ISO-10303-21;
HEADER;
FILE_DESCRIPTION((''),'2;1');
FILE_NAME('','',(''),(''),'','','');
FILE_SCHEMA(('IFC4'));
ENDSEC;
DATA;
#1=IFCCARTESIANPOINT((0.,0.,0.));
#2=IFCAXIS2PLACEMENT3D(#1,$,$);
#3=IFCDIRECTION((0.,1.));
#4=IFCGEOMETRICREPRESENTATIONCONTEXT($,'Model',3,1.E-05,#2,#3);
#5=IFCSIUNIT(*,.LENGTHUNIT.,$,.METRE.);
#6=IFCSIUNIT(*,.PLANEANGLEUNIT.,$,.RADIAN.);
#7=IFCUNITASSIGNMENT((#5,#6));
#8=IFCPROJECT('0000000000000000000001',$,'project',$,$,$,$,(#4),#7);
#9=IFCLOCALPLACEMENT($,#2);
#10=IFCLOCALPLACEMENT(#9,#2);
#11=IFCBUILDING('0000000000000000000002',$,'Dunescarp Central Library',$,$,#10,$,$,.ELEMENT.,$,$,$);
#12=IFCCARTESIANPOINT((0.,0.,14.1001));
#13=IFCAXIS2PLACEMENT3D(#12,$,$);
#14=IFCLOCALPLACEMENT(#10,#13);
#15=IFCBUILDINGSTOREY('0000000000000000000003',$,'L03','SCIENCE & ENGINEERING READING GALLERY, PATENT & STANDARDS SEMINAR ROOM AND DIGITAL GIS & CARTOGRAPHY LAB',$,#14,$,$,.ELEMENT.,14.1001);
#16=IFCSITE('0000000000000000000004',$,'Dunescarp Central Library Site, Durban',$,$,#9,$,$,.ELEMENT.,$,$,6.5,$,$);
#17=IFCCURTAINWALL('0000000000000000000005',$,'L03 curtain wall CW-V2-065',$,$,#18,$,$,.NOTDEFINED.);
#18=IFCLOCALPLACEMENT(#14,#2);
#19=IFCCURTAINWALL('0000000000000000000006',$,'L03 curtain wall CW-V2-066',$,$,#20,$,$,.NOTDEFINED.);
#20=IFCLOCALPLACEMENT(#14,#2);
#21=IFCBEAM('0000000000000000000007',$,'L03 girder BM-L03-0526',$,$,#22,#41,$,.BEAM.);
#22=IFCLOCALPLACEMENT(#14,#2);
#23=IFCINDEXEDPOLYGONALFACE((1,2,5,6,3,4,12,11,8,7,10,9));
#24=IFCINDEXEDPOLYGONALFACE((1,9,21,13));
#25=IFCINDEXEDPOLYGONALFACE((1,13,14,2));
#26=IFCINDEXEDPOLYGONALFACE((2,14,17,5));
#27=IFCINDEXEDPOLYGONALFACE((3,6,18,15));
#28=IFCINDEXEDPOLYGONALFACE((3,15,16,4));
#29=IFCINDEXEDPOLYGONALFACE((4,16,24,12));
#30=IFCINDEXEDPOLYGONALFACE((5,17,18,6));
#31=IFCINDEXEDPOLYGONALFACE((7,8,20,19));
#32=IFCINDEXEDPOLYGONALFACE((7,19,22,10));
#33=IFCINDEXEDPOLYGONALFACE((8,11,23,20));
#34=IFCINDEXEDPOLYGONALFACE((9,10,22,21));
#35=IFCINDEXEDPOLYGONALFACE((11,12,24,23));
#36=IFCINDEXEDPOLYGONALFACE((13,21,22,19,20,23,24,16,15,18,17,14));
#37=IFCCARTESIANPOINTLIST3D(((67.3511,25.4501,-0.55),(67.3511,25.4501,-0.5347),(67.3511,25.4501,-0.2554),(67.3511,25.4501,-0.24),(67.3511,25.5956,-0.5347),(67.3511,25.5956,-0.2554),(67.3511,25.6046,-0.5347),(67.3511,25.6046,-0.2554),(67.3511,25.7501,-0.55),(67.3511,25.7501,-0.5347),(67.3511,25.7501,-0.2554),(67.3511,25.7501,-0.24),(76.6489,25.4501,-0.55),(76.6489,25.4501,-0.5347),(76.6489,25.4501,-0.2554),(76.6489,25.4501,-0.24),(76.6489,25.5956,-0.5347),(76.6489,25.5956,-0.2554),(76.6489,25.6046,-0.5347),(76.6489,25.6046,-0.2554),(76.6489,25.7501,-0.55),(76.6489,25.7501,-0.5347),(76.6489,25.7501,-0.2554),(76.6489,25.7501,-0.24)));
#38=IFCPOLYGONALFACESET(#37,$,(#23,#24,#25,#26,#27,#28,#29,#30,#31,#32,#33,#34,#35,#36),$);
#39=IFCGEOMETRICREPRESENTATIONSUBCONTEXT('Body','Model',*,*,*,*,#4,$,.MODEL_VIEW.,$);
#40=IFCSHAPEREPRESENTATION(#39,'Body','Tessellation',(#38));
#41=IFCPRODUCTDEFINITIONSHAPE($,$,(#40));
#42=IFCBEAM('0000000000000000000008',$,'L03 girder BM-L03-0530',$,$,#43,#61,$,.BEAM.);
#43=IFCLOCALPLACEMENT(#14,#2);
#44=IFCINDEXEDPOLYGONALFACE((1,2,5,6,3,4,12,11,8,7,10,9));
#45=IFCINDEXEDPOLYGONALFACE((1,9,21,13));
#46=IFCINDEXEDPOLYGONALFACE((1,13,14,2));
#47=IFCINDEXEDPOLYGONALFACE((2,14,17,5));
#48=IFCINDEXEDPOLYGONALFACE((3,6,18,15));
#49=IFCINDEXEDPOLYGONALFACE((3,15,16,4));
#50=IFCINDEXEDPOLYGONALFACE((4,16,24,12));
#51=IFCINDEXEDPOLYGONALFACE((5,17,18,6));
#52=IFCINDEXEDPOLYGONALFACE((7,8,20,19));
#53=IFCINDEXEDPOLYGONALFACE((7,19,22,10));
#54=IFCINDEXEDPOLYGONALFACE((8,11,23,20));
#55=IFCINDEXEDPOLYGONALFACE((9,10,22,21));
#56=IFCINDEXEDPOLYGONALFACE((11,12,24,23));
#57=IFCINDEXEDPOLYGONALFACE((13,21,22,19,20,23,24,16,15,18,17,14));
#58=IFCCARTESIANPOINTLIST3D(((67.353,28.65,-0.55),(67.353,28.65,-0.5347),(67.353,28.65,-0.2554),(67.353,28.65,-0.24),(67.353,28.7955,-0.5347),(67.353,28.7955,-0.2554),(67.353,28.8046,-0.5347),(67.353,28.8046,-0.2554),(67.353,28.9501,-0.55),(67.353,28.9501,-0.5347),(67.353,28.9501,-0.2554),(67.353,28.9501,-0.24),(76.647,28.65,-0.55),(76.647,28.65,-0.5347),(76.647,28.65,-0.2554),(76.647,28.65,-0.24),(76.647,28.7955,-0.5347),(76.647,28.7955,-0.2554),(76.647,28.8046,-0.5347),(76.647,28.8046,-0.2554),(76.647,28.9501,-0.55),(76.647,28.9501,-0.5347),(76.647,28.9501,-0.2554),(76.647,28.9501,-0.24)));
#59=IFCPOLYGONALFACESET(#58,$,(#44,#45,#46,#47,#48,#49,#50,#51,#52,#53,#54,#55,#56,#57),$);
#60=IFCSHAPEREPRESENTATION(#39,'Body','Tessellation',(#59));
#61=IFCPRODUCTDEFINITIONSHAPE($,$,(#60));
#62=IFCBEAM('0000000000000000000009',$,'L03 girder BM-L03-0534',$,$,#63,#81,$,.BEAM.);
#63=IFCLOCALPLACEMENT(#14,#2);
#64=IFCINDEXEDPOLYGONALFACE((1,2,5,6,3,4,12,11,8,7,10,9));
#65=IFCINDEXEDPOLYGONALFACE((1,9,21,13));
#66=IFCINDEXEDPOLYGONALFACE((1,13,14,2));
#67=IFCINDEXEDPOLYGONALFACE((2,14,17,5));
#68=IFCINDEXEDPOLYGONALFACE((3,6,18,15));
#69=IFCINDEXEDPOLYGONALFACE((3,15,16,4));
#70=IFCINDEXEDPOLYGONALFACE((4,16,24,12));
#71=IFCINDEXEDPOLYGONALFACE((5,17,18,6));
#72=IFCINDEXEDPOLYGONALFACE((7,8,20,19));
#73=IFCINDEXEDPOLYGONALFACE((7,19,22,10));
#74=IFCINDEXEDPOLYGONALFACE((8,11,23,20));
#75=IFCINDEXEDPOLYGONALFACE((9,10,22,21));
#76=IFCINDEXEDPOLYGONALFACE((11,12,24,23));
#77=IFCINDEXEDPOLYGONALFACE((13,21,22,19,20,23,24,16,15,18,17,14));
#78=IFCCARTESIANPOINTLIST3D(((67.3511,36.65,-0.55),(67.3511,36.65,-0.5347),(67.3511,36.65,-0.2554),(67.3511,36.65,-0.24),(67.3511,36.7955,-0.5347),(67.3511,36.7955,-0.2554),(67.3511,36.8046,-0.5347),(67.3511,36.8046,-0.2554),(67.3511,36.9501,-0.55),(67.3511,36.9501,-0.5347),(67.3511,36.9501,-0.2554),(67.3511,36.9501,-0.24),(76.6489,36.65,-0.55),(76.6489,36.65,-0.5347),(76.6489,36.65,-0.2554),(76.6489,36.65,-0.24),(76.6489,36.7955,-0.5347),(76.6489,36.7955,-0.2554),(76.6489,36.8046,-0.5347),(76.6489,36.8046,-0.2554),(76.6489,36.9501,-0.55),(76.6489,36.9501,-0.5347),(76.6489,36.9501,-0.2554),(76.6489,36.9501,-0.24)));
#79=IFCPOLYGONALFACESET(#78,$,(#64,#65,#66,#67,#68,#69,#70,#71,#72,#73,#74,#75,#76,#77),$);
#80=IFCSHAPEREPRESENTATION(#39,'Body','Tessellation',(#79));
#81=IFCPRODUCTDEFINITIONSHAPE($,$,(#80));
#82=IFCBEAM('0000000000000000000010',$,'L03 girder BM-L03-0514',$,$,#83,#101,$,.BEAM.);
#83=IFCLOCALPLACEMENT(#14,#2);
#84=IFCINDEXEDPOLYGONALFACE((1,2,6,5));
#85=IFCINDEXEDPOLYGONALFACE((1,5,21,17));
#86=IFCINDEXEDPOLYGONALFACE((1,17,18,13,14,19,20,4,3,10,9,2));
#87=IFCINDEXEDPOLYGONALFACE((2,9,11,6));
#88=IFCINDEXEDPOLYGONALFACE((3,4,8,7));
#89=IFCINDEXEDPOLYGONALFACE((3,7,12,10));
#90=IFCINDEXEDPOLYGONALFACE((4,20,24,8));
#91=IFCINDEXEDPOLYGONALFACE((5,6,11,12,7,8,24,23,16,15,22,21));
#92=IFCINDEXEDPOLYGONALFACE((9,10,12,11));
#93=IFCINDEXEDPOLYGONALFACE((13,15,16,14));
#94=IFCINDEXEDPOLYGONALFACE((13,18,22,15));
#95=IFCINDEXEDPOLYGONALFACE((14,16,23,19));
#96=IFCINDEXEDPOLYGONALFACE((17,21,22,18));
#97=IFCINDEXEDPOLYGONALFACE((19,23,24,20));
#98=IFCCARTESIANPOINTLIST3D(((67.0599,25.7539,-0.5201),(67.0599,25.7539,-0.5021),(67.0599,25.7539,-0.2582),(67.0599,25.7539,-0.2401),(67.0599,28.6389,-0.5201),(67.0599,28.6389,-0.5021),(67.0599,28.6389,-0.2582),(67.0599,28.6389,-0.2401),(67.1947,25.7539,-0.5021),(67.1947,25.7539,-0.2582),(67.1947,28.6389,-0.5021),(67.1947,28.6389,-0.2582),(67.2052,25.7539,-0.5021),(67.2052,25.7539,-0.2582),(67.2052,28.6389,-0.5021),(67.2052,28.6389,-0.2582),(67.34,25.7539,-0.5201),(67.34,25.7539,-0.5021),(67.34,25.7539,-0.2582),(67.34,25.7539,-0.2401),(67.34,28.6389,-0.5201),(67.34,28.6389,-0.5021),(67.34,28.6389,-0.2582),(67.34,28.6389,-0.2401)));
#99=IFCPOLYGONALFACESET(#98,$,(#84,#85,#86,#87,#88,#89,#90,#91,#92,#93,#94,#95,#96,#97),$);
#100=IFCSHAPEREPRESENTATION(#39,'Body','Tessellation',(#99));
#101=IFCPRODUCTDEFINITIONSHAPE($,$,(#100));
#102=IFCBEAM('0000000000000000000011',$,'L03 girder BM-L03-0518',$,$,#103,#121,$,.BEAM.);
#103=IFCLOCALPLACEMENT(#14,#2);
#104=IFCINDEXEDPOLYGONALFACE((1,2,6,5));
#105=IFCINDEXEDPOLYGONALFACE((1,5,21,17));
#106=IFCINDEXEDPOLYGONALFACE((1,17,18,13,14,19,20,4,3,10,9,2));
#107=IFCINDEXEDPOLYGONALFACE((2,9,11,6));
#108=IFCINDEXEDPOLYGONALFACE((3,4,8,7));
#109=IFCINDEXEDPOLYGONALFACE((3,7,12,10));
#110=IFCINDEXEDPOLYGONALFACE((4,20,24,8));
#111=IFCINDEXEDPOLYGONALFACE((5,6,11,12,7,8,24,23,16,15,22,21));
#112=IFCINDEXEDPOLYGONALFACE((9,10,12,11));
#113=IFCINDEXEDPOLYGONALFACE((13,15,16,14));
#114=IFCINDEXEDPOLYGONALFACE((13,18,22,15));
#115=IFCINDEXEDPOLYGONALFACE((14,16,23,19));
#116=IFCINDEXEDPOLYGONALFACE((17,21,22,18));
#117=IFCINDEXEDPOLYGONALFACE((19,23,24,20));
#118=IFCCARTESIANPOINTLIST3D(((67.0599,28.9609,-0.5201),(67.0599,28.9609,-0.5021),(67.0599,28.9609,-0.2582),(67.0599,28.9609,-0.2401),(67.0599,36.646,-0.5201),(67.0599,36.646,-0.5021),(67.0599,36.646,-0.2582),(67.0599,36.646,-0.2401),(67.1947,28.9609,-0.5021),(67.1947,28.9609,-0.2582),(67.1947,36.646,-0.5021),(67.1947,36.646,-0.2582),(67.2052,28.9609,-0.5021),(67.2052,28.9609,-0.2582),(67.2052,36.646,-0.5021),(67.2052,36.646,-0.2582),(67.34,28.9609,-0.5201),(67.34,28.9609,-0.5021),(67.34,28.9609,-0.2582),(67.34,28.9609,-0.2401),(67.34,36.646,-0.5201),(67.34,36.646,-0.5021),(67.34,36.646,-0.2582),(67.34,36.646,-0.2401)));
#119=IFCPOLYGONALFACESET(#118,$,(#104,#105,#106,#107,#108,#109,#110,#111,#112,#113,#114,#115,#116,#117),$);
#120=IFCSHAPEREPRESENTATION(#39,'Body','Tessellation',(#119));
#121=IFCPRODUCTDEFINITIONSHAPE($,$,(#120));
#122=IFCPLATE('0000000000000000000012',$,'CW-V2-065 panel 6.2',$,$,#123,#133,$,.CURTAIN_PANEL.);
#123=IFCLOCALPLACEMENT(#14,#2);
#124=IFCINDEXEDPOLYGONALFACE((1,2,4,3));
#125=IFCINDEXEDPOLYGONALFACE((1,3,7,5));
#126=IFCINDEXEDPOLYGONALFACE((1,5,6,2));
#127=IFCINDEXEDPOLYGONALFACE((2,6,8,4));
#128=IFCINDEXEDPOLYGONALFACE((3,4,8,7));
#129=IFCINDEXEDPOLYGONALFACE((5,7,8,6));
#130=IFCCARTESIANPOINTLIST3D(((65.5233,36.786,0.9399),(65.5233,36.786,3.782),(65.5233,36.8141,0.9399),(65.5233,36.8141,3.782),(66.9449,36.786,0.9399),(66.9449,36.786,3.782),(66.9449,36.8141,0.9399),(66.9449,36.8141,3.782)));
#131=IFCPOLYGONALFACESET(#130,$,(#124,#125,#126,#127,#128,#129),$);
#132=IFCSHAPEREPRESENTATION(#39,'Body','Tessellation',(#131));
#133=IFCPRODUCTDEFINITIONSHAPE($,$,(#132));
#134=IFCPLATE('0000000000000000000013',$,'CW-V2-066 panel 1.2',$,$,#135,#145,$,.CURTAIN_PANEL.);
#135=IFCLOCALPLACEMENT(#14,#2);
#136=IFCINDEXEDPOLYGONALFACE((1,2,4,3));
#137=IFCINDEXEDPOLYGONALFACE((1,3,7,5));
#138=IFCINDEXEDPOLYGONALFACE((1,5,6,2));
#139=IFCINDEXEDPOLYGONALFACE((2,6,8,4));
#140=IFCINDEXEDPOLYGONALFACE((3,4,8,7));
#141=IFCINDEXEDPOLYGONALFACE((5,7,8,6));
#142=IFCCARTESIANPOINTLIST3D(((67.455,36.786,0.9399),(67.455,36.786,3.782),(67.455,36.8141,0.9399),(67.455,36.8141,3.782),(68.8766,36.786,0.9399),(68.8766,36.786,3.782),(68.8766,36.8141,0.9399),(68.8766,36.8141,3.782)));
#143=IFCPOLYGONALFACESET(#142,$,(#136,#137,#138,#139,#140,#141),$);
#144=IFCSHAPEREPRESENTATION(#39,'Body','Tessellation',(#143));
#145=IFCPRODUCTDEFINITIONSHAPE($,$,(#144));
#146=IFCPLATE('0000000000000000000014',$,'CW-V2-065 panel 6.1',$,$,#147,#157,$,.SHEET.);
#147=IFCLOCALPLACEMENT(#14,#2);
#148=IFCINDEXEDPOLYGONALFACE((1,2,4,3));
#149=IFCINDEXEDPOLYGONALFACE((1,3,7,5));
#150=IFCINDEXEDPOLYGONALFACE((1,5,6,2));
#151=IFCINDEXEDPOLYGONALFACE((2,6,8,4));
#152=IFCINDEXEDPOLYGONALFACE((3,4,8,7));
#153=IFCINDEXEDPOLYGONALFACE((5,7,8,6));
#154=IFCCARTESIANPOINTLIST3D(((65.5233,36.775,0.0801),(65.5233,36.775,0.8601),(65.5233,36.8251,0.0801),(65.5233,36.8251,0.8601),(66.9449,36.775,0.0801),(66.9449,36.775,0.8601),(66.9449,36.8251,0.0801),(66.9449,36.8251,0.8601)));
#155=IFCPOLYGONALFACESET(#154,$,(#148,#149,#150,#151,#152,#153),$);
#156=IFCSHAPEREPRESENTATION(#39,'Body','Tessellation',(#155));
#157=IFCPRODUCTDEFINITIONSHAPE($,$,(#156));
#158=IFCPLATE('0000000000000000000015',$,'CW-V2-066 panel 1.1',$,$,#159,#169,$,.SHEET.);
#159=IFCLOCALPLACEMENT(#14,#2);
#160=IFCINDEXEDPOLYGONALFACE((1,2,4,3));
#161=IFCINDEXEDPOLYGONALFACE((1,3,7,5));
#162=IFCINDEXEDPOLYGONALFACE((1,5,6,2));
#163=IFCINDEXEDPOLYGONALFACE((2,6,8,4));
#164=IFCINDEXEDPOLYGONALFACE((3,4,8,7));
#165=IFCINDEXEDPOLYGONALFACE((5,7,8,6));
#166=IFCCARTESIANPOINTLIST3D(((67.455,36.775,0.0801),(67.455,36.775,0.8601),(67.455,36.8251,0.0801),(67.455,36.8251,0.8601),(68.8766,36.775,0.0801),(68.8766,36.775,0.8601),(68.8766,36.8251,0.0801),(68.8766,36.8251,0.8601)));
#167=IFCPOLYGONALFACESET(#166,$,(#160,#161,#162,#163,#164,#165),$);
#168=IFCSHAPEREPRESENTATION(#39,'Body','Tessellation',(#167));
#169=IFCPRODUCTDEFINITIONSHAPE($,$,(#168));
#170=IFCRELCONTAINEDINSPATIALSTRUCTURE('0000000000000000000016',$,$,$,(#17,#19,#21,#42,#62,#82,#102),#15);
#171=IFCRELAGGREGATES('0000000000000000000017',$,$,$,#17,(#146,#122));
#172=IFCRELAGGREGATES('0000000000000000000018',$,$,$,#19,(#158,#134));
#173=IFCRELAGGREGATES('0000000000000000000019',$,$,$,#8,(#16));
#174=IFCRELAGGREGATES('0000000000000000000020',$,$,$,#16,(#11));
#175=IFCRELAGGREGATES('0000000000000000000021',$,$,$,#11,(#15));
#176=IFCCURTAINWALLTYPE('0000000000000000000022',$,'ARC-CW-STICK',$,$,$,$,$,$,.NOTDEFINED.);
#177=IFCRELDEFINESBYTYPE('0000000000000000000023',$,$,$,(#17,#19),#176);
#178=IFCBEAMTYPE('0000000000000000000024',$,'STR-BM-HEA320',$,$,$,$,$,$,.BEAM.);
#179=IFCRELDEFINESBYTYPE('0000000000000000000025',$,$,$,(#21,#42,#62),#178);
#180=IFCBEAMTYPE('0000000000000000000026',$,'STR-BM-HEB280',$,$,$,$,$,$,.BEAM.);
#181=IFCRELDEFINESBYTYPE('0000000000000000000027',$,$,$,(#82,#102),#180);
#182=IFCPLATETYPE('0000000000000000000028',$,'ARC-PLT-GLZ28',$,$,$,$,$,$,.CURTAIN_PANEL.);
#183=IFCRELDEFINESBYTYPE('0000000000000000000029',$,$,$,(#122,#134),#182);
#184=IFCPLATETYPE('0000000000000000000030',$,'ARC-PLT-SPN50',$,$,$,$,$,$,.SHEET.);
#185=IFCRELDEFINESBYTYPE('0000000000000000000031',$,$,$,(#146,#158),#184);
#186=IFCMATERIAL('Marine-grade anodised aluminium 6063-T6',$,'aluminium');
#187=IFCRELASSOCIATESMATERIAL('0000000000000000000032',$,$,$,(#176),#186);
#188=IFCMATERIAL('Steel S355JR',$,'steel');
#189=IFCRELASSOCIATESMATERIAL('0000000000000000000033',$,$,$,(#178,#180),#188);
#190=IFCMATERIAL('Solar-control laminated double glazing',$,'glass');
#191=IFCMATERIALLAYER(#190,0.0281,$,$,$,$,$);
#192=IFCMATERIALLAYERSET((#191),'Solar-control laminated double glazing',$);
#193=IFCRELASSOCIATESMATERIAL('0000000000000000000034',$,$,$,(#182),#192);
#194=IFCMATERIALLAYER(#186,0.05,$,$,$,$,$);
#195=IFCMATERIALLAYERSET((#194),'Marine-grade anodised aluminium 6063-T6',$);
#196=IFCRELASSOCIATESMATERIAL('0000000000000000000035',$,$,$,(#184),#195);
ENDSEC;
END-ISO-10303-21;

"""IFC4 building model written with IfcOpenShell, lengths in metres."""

from ifc_helpers import new_model, si_unit, direction, frame, origin, origin_2d, place, context, subcontext, project, spatial, rectangle, i_section, extrude, material, layer, layer_set, material_profile, profile_set, type_object, element, aggregate, save


model = new_model("IFC4")

# Units and contexts
model_context = context("Model", 3, precision=1e-05, world=origin(), true_north=direction((0.0, 1.0)))
body_context = subcontext(model_context, "Body", "Model", "MODEL_VIEW")
ifc_project = project(units=[si_unit("LENGTHUNIT", "METRE"), si_unit("PLANEANGLEUNIT", "RADIAN")], contexts=[model_context])

# Site, building, storey
site_placement = place(None, origin())
site = spatial("IfcSite", under=ifc_project, at=site_placement, Name="Dunescarp Central Library Site, Durban", CompositionType="ELEMENT", RefElevation=6.5)
building_placement = place(site_placement, origin())
building = spatial("IfcBuilding", under=site, at=building_placement, Name="Dunescarp Central Library", CompositionType="ELEMENT")
storey_placement = place(building_placement, frame((0.0, 0.0, 14.1001)))
storey = spatial("IfcBuildingStorey", under=building, at=storey_placement, Name="L03", Description="SCIENCE & ENGINEERING READING GALLERY, PATENT & STANDARDS SEMINAR ROOM AND DIGITAL GIS & CARTOGRAPHY LAB", CompositionType="ELEMENT", Elevation=14.1001)

# Shared definitions
ifc_material_1 = material(Name="Steel S355JR", Category="steel")

# Curtain wall
ifc_material_2 = material(Name="Marine-grade anodised aluminium 6063-T6", Category="aluminium")
curtain_wall_type = type_object("IfcCurtainWallType", Name="ARC-CW-STICK", PredefinedType="NOTDEFINED", material=ifc_material_2)
curtain_wall_1_placement = place(storey_placement, origin())
curtain_wall_1 = element("IfcCurtainWall", 1, at=curtain_wall_1_placement, inside=storey, type_object=curtain_wall_type, Name="L03 curtain wall CW-V2-065", PredefinedType="NOTDEFINED")

# Curtain wall
curtain_wall_2_placement = place(storey_placement, origin())
curtain_wall_2 = element("IfcCurtainWall", 2, at=curtain_wall_2_placement, inside=storey, type_object=curtain_wall_type, Name="L03 curtain wall CW-V2-066", PredefinedType="NOTDEFINED")

# Beams
ifc_material_profile_1 = material_profile(ifc_material_1, i_section(OverallWidth=0.3, OverallDepth=0.3101, WebThickness=0.009, FlangeThickness=0.0154, at=origin_2d()), Name="HEA 320")
ifc_profile_set_1 = profile_set([ifc_material_profile_1], Name="Steel S355JR")
beam_type_1 = type_object("IfcBeamType", Name="STR-BM-HEA320", PredefinedType="BEAM", material=ifc_profile_set_1)
beam_1_placement = place(storey_placement, frame((67.3511, 25.6001, -0.395), z_axis=(1.0, 0.0, 0.0), x_axis=(0.0, 1.0, 0.0)))
element("IfcBeam", 3, at=beam_1_placement, inside=storey, type_object=beam_type_1, Name="L03 girder BM-L03-0526", PredefinedType="BEAM", context=body_context, shape_type="SweptSolid", body=[
    extrude(i_section(OverallWidth=0.3, OverallDepth=0.3101, WebThickness=0.009, FlangeThickness=0.0154, at=origin_2d()), origin(), (0.0, 0.0, 1.0), 9.2979),
])
beam_2_placement = place(storey_placement, frame((67.353, 28.8, -0.395), z_axis=(1.0, 0.0, 0.0), x_axis=(0.0, 1.0, 0.0)))
element("IfcBeam", 4, at=beam_2_placement, inside=storey, type_object=beam_type_1, Name="L03 girder BM-L03-0530", PredefinedType="BEAM", context=body_context, shape_type="SweptSolid", body=[
    extrude(i_section(OverallWidth=0.3, OverallDepth=0.3101, WebThickness=0.009, FlangeThickness=0.0154, at=origin_2d()), origin(), (0.0, 0.0, 1.0), 9.2939),
])
beam_3_placement = place(storey_placement, frame((67.3511, 36.8, -0.395), z_axis=(1.0, 0.0, 0.0), x_axis=(0.0, 1.0, 0.0)))
element("IfcBeam", 5, at=beam_3_placement, inside=storey, type_object=beam_type_1, Name="L03 girder BM-L03-0534", PredefinedType="BEAM", context=body_context, shape_type="SweptSolid", body=[
    extrude(i_section(OverallWidth=0.3, OverallDepth=0.3101, WebThickness=0.009, FlangeThickness=0.0154, at=origin_2d()), origin(), (0.0, 0.0, 1.0), 9.2979),
])
ifc_material_profile_2 = material_profile(ifc_material_1, i_section(OverallWidth=0.28, OverallDepth=0.28, WebThickness=0.0105, FlangeThickness=0.0181, at=origin_2d()), Name="HEB 280")
ifc_profile_set_2 = profile_set([ifc_material_profile_2], Name="Steel S355JR")
beam_type_2 = type_object("IfcBeamType", Name="STR-BM-HEB280", PredefinedType="BEAM", material=ifc_profile_set_2)
beam_4_placement = place(storey_placement, frame((67.2, 25.7539, -0.3801), z_axis=(0.0, 1.0, 0.0), x_axis=(-1.0, 0.0, 0.0)))
element("IfcBeam", 6, at=beam_4_placement, inside=storey, type_object=beam_type_2, Name="L03 girder BM-L03-0514", PredefinedType="BEAM", context=body_context, shape_type="SweptSolid", body=[
    extrude(i_section(OverallWidth=0.28, OverallDepth=0.28, WebThickness=0.0105, FlangeThickness=0.0181, at=origin_2d()), origin(), (0.0, 0.0, 1.0), 2.885),
])
beam_5_placement = place(storey_placement, frame((67.2, 28.9609, -0.3801), z_axis=(0.0, 1.0, 0.0), x_axis=(-1.0, 0.0, 0.0)))
element("IfcBeam", 7, at=beam_5_placement, inside=storey, type_object=beam_type_2, Name="L03 girder BM-L03-0518", PredefinedType="BEAM", context=body_context, shape_type="SweptSolid", body=[
    extrude(i_section(OverallWidth=0.28, OverallDepth=0.28, WebThickness=0.0105, FlangeThickness=0.0181, at=origin_2d()), origin(), (0.0, 0.0, 1.0), 7.6851),
])

# Plates
ifc_material_3 = material(Name="Solar-control laminated double glazing", Category="glass")
ifc_layer_1 = layer(ifc_material_3, 0.0281)
ifc_layer_set_1 = layer_set([ifc_layer_1], Name="Solar-control laminated double glazing")
plate_type_1 = type_object("IfcPlateType", Name="ARC-PLT-GLZ28", PredefinedType="CURTAIN_PANEL", material=ifc_layer_set_1)
plate_1_placement = place(storey_placement, frame((66.2341, 36.8, 0.9399), z_axis=(0.0, 0.0, 1.0), x_axis=(1.0, 0.0, 0.0)))
plate_1 = element("IfcPlate", 8, at=plate_1_placement, type_object=plate_type_1, Name="CW-V2-065 panel 6.2", PredefinedType="CURTAIN_PANEL", context=body_context, shape_type="SweptSolid", body=[
    extrude(rectangle(XDim=1.4216, YDim=0.0281, at=origin_2d()), origin(), (0.0, 0.0, 1.0), 2.842),
])
plate_2_placement = place(storey_placement, frame((68.1658, 36.8, 0.9399), z_axis=(0.0, 0.0, 1.0), x_axis=(1.0, 0.0, 0.0)))
plate_2 = element("IfcPlate", 9, at=plate_2_placement, type_object=plate_type_1, Name="CW-V2-066 panel 1.2", PredefinedType="CURTAIN_PANEL", context=body_context, shape_type="SweptSolid", body=[
    extrude(rectangle(XDim=1.4216, YDim=0.0281, at=origin_2d()), origin(), (0.0, 0.0, 1.0), 2.842),
])
ifc_layer_2 = layer(ifc_material_2, 0.05)
ifc_layer_set_2 = layer_set([ifc_layer_2], Name="Marine-grade anodised aluminium 6063-T6")
plate_type_2 = type_object("IfcPlateType", Name="ARC-PLT-SPN50", PredefinedType="SHEET", material=ifc_layer_set_2)
plate_3_placement = place(storey_placement, frame((66.2341, 36.8, 0.0801), z_axis=(0.0, 0.0, 1.0), x_axis=(1.0, 0.0, 0.0)))
plate_3 = element("IfcPlate", 10, at=plate_3_placement, type_object=plate_type_2, Name="CW-V2-065 panel 6.1", PredefinedType="SHEET", context=body_context, shape_type="SweptSolid", body=[
    extrude(rectangle(XDim=1.4216, YDim=0.05, at=origin_2d()), origin(), (0.0, 0.0, 1.0), 0.78),
])
aggregate(curtain_wall_1, [plate_3, plate_1])
plate_4_placement = place(storey_placement, frame((68.1658, 36.8, 0.0801), z_axis=(0.0, 0.0, 1.0), x_axis=(1.0, 0.0, 0.0)))
plate_4 = element("IfcPlate", 11, at=plate_4_placement, type_object=plate_type_2, Name="CW-V2-066 panel 1.1", PredefinedType="SHEET", context=body_context, shape_type="SweptSolid", body=[
    extrude(rectangle(XDim=1.4216, YDim=0.05, at=origin_2d()), origin(), (0.0, 0.0, 1.0), 0.78),
])
aggregate(curtain_wall_2, [plate_4, plate_2])

save(model, "model.ifc")
